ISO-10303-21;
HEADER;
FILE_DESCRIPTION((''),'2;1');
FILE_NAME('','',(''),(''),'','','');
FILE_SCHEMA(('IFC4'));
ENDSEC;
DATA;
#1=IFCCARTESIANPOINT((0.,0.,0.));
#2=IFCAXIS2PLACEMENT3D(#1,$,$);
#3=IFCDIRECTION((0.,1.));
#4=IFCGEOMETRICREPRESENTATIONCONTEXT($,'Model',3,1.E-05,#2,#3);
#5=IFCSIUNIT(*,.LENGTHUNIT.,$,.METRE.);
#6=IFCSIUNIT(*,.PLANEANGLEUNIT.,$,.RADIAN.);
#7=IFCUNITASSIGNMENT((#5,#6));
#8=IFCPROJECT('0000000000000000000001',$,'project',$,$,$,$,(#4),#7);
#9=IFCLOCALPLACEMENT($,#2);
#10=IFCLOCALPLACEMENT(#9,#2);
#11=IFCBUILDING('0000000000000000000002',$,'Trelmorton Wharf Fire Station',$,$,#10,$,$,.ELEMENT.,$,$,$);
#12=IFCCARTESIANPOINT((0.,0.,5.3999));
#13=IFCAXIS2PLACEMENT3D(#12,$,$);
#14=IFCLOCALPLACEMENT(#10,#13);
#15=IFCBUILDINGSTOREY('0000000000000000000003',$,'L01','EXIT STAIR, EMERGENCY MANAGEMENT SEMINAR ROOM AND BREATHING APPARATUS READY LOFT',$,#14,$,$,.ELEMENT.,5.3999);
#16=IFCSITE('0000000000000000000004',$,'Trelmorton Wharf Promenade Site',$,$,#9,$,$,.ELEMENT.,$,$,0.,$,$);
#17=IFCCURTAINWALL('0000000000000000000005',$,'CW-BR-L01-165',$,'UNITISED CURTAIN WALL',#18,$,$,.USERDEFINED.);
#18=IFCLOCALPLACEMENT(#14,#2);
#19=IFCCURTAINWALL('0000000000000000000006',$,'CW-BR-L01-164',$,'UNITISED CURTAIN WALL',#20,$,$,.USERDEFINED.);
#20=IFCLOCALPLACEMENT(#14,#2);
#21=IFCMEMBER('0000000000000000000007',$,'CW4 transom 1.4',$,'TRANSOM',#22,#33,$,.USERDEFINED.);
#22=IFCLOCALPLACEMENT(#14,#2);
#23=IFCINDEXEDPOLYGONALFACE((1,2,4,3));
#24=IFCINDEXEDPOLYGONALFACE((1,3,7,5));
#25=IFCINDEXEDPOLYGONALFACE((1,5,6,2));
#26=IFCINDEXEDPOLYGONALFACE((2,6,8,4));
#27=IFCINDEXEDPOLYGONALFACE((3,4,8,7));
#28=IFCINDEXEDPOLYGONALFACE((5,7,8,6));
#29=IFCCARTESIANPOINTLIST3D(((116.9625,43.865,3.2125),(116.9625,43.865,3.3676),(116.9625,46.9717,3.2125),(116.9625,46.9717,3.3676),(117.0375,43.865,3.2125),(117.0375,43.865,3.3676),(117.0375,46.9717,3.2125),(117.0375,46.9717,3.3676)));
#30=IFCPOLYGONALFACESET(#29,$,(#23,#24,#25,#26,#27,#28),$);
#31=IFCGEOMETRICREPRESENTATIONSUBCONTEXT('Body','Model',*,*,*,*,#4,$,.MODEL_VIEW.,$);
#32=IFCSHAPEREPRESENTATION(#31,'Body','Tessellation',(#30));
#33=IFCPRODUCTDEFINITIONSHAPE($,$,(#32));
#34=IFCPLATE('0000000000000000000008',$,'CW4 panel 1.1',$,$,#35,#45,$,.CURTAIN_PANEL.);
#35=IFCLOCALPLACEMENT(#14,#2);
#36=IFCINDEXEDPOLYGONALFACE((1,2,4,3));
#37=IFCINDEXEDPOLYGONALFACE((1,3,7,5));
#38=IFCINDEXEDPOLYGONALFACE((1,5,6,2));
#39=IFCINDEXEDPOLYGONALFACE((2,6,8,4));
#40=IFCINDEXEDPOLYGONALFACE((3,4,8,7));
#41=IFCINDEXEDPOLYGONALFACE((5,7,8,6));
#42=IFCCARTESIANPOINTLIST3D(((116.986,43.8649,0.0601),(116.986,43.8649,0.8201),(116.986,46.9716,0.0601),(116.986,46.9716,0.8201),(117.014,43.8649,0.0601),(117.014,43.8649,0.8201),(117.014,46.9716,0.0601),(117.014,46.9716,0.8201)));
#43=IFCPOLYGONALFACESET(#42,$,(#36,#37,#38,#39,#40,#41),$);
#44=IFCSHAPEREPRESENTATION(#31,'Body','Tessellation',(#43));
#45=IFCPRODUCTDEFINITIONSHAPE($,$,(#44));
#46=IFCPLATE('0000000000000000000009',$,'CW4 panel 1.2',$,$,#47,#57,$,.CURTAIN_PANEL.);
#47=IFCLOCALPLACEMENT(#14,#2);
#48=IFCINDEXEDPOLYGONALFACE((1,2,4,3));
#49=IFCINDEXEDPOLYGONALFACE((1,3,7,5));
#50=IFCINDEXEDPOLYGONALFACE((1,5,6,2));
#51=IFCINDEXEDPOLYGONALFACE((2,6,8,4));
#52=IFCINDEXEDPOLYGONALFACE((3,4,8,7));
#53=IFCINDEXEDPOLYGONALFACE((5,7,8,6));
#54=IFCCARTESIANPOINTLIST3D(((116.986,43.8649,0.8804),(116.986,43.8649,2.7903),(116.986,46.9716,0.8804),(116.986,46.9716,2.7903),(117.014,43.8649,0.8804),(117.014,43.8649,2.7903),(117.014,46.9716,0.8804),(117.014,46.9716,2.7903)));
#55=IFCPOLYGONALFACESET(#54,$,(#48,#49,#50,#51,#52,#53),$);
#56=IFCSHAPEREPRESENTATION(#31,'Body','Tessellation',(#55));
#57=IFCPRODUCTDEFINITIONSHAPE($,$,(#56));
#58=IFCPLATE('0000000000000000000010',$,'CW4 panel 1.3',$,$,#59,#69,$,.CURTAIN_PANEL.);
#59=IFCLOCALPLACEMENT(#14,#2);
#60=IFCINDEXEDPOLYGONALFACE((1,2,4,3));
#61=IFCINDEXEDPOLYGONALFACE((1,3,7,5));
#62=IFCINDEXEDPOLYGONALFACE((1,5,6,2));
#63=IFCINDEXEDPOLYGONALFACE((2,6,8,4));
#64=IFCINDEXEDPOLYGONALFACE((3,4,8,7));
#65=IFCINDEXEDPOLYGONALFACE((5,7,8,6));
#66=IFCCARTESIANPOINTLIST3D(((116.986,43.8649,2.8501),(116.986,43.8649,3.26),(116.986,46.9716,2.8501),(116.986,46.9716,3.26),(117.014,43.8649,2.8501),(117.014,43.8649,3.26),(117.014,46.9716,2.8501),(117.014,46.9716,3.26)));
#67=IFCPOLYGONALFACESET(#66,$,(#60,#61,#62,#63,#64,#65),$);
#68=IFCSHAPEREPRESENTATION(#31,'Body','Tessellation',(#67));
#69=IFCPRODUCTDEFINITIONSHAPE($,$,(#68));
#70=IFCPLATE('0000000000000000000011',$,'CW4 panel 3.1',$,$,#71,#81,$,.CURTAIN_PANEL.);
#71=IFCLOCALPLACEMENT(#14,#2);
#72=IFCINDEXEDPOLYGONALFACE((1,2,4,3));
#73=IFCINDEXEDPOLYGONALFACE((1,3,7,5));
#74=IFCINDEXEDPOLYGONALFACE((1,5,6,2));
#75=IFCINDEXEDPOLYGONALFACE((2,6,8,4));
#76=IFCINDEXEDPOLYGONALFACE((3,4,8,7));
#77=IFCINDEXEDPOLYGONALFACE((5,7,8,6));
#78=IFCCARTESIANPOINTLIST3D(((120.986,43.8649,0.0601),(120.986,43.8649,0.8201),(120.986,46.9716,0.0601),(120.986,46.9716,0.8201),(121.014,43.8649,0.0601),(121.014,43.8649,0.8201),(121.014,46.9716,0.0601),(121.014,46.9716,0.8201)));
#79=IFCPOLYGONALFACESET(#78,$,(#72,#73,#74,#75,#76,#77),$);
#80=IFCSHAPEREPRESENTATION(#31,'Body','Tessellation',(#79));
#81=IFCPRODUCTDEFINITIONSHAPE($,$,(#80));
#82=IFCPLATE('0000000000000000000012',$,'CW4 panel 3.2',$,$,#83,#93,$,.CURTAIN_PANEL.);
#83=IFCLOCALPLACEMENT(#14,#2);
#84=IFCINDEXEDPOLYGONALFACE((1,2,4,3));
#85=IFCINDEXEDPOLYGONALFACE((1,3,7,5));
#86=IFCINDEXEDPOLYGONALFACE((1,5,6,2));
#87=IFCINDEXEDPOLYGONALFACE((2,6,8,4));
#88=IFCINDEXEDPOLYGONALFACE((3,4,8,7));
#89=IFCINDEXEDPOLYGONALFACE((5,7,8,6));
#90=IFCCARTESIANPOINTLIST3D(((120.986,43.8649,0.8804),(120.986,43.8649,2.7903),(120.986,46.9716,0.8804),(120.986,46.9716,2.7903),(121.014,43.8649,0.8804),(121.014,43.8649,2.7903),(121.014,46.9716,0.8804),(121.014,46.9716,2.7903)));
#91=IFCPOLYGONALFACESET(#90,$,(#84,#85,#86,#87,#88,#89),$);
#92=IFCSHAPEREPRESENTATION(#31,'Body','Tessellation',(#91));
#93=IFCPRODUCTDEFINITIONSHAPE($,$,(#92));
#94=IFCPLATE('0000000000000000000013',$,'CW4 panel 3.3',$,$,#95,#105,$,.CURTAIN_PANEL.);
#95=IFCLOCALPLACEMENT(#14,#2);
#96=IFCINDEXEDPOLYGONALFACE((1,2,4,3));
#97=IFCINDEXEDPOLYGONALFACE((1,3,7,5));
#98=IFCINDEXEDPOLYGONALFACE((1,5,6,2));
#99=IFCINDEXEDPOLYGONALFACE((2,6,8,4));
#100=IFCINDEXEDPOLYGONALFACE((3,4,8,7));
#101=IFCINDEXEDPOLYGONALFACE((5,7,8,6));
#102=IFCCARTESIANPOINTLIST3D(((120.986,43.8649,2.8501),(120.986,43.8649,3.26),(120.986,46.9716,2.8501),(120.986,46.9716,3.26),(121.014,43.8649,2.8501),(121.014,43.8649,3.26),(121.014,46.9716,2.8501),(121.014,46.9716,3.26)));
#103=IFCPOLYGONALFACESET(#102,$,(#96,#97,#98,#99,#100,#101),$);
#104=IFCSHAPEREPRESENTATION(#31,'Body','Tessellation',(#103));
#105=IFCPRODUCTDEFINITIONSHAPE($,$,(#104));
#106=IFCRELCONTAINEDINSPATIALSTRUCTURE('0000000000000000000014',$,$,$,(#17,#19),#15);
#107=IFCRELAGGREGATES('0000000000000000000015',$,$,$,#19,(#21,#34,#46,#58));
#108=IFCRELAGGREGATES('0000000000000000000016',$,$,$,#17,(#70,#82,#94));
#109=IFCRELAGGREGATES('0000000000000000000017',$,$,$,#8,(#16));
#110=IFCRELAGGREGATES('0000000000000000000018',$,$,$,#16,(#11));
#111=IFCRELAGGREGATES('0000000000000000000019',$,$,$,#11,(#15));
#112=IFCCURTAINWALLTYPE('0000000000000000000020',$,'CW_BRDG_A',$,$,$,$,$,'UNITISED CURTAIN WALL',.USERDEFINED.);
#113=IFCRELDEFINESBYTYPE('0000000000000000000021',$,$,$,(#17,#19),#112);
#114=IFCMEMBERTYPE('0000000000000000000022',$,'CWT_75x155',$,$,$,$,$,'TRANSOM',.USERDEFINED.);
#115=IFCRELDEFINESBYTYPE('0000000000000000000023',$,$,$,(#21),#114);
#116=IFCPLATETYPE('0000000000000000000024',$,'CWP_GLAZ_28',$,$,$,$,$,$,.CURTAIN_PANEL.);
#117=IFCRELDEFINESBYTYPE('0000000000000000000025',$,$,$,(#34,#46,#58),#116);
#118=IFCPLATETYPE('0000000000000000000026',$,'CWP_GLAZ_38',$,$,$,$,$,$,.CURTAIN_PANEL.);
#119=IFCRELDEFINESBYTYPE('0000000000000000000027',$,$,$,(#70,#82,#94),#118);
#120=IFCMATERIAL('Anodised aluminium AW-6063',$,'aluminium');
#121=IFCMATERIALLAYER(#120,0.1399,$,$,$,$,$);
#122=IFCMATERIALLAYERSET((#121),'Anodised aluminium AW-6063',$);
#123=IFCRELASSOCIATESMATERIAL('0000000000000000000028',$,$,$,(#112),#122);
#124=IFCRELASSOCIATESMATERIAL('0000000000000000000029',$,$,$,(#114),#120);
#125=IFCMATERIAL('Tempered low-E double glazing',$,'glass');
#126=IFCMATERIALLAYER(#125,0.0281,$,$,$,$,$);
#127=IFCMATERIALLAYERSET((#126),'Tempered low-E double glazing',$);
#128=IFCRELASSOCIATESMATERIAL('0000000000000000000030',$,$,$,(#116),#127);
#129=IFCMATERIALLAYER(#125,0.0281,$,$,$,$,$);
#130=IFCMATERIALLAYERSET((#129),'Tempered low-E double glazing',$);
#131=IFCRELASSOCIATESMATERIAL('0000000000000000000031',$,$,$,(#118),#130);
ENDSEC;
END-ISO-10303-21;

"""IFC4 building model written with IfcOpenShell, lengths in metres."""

from ifc_helpers import new_model, si_unit, direction, frame, origin, origin_2d, place, context, subcontext, project, spatial, rectangle, extrude, material, layer, layer_set, material_profile, profile_set, type_object, element, aggregate, save


model = new_model("IFC4")

# Units and contexts
model_context = context("Model", 3, precision=1e-05, world=origin(), true_north=direction((0.0, 1.0)))
body_context = subcontext(model_context, "Body", "Model", "MODEL_VIEW")
ifc_project = project(units=[si_unit("LENGTHUNIT", "METRE"), si_unit("PLANEANGLEUNIT", "RADIAN")], contexts=[model_context])

# Site, building, storey
site_placement = place(None, origin())
site = spatial("IfcSite", under=ifc_project, at=site_placement, Name="Trelmorton Wharf Promenade Site", CompositionType="ELEMENT", RefElevation=0.0)
building_placement = place(site_placement, origin())
building = spatial("IfcBuilding", under=site, at=building_placement, Name="Trelmorton Wharf Fire Station", CompositionType="ELEMENT")
storey_placement = place(building_placement, frame((0.0, 0.0, 5.3999)))
storey = spatial("IfcBuildingStorey", under=building, at=storey_placement, Name="L01", Description="EXIT STAIR, EMERGENCY MANAGEMENT SEMINAR ROOM AND BREATHING APPARATUS READY LOFT", CompositionType="ELEMENT", Elevation=5.3999)

# Shared definitions
ifc_material_1 = material(Name="Anodised aluminium AW-6063", Category="aluminium")
ifc_layer_1 = layer(ifc_material_1, 0.1399)
ifc_layer_set_1 = layer_set([ifc_layer_1], Name="Anodised aluminium AW-6063")
curtain_wall_type = type_object("IfcCurtainWallType", Name="CW_BRDG_A", ElementType="UNITISED CURTAIN WALL", PredefinedType="USERDEFINED", material=ifc_layer_set_1)

# Curtain wall
curtain_wall_1_placement = place(storey_placement, origin())
curtain_wall_1 = element("IfcCurtainWall", 1, at=curtain_wall_1_placement, inside=storey, type_object=curtain_wall_type, Name="CW-BR-L01-165", ObjectType="UNITISED CURTAIN WALL", PredefinedType="USERDEFINED")

# Curtain wall
curtain_wall_2_placement = place(storey_placement, origin())
curtain_wall_2 = element("IfcCurtainWall", 2, at=curtain_wall_2_placement, inside=storey, type_object=curtain_wall_type, Name="CW-BR-L01-164", ObjectType="UNITISED CURTAIN WALL", PredefinedType="USERDEFINED")

# Member
ifc_material_profile_1 = material_profile(ifc_material_1, rectangle(XDim=0.075, YDim=0.155, at=origin_2d()), Name="ALU-75x155")
ifc_profile_set_1 = profile_set([ifc_material_profile_1], Name="Anodised aluminium AW-6063")
member_type_1 = type_object("IfcMemberType", Name="CWT_75x155", ElementType="TRANSOM", PredefinedType="USERDEFINED", material=ifc_profile_set_1)
member_1_placement = place(storey_placement, frame((117.0, 43.865, 3.29), z_axis=(0.0, 1.0, 0.0), x_axis=(-1.0, 0.0, 0.0)))
member_1 = element("IfcMember", 3, at=member_1_placement, type_object=member_type_1, Name="CW4 transom 1.4", ObjectType="TRANSOM", PredefinedType="USERDEFINED", context=body_context, shape_type="SweptSolid", body=[
    extrude(rectangle(XDim=0.075, YDim=0.155, at=origin_2d()), origin(), (0.0, 0.0, 1.0), 3.1067),
])

# Plates
ifc_material_2 = material(Name="Tempered low-E double glazing", Category="glass")
ifc_layer_2 = layer(ifc_material_2, 0.0281)
ifc_layer_set_2 = layer_set([ifc_layer_2], Name="Tempered low-E double glazing")
plate_type_1 = type_object("IfcPlateType", Name="CWP_GLAZ_28", PredefinedType="CURTAIN_PANEL", material=ifc_layer_set_2)
plate_1_placement = place(storey_placement, frame((117.0, 45.4182, 0.0601), z_axis=(0.0, 0.0, 1.0), x_axis=(0.0, 1.0, 0.0)))
plate_1 = element("IfcPlate", 4, at=plate_1_placement, type_object=plate_type_1, Name="CW4 panel 1.1", PredefinedType="CURTAIN_PANEL", context=body_context, shape_type="SweptSolid", body=[
    extrude(rectangle(XDim=3.1067, YDim=0.0281, at=origin_2d()), origin(), (0.0, 0.0, 1.0), 0.76),
])
plate_2_placement = place(storey_placement, frame((117.0, 45.4182, 0.8804), z_axis=(0.0, 0.0, 1.0), x_axis=(0.0, 1.0, 0.0)))
plate_2 = element("IfcPlate", 5, at=plate_2_placement, type_object=plate_type_1, Name="CW4 panel 1.2", PredefinedType="CURTAIN_PANEL", context=body_context, shape_type="SweptSolid", body=[
    extrude(rectangle(XDim=3.1067, YDim=0.0281, at=origin_2d()), origin(), (0.0, 0.0, 1.0), 1.9099),
])
plate_3_placement = place(storey_placement, frame((117.0, 45.4182, 2.8501), z_axis=(0.0, 0.0, 1.0), x_axis=(0.0, 1.0, 0.0)))
plate_3 = element("IfcPlate", 6, at=plate_3_placement, type_object=plate_type_1, Name="CW4 panel 1.3", PredefinedType="CURTAIN_PANEL", context=body_context, shape_type="SweptSolid", body=[
    extrude(rectangle(XDim=3.1067, YDim=0.0281, at=origin_2d()), origin(), (0.0, 0.0, 1.0), 0.4099),
])
aggregate(curtain_wall_2, [member_1, plate_1, plate_2, plate_3])
ifc_layer_3 = layer(ifc_material_2, 0.0281)
ifc_layer_set_3 = layer_set([ifc_layer_3], Name="Tempered low-E double glazing")
plate_type_2 = type_object("IfcPlateType", Name="CWP_GLAZ_38", PredefinedType="CURTAIN_PANEL", material=ifc_layer_set_3)
plate_4_placement = place(storey_placement, frame((121.0, 45.4182, 0.0601), z_axis=(0.0, 0.0, 1.0), x_axis=(0.0, -1.0, 0.0)))
plate_4 = element("IfcPlate", 7, at=plate_4_placement, type_object=plate_type_2, Name="CW4 panel 3.1", PredefinedType="CURTAIN_PANEL", context=body_context, shape_type="SweptSolid", body=[
    extrude(rectangle(XDim=3.1067, YDim=0.0281, at=origin_2d()), origin(), (0.0, 0.0, 1.0), 0.76),
])
plate_5_placement = place(storey_placement, frame((121.0, 45.4182, 0.8804), z_axis=(0.0, 0.0, 1.0), x_axis=(0.0, -1.0, 0.0)))
plate_5 = element("IfcPlate", 8, at=plate_5_placement, type_object=plate_type_2, Name="CW4 panel 3.2", PredefinedType="CURTAIN_PANEL", context=body_context, shape_type="SweptSolid", body=[
    extrude(rectangle(XDim=3.1067, YDim=0.0281, at=origin_2d()), origin(), (0.0, 0.0, 1.0), 1.9099),
])
plate_6_placement = place(storey_placement, frame((121.0, 45.4182, 2.8501), z_axis=(0.0, 0.0, 1.0), x_axis=(0.0, -1.0, 0.0)))
plate_6 = element("IfcPlate", 9, at=plate_6_placement, type_object=plate_type_2, Name="CW4 panel 3.3", PredefinedType="CURTAIN_PANEL", context=body_context, shape_type="SweptSolid", body=[
    extrude(rectangle(XDim=3.1067, YDim=0.0281, at=origin_2d()), origin(), (0.0, 0.0, 1.0), 0.4099),
])
aggregate(curtain_wall_1, [plate_4, plate_5, plate_6])

save(model, "model.ifc")
